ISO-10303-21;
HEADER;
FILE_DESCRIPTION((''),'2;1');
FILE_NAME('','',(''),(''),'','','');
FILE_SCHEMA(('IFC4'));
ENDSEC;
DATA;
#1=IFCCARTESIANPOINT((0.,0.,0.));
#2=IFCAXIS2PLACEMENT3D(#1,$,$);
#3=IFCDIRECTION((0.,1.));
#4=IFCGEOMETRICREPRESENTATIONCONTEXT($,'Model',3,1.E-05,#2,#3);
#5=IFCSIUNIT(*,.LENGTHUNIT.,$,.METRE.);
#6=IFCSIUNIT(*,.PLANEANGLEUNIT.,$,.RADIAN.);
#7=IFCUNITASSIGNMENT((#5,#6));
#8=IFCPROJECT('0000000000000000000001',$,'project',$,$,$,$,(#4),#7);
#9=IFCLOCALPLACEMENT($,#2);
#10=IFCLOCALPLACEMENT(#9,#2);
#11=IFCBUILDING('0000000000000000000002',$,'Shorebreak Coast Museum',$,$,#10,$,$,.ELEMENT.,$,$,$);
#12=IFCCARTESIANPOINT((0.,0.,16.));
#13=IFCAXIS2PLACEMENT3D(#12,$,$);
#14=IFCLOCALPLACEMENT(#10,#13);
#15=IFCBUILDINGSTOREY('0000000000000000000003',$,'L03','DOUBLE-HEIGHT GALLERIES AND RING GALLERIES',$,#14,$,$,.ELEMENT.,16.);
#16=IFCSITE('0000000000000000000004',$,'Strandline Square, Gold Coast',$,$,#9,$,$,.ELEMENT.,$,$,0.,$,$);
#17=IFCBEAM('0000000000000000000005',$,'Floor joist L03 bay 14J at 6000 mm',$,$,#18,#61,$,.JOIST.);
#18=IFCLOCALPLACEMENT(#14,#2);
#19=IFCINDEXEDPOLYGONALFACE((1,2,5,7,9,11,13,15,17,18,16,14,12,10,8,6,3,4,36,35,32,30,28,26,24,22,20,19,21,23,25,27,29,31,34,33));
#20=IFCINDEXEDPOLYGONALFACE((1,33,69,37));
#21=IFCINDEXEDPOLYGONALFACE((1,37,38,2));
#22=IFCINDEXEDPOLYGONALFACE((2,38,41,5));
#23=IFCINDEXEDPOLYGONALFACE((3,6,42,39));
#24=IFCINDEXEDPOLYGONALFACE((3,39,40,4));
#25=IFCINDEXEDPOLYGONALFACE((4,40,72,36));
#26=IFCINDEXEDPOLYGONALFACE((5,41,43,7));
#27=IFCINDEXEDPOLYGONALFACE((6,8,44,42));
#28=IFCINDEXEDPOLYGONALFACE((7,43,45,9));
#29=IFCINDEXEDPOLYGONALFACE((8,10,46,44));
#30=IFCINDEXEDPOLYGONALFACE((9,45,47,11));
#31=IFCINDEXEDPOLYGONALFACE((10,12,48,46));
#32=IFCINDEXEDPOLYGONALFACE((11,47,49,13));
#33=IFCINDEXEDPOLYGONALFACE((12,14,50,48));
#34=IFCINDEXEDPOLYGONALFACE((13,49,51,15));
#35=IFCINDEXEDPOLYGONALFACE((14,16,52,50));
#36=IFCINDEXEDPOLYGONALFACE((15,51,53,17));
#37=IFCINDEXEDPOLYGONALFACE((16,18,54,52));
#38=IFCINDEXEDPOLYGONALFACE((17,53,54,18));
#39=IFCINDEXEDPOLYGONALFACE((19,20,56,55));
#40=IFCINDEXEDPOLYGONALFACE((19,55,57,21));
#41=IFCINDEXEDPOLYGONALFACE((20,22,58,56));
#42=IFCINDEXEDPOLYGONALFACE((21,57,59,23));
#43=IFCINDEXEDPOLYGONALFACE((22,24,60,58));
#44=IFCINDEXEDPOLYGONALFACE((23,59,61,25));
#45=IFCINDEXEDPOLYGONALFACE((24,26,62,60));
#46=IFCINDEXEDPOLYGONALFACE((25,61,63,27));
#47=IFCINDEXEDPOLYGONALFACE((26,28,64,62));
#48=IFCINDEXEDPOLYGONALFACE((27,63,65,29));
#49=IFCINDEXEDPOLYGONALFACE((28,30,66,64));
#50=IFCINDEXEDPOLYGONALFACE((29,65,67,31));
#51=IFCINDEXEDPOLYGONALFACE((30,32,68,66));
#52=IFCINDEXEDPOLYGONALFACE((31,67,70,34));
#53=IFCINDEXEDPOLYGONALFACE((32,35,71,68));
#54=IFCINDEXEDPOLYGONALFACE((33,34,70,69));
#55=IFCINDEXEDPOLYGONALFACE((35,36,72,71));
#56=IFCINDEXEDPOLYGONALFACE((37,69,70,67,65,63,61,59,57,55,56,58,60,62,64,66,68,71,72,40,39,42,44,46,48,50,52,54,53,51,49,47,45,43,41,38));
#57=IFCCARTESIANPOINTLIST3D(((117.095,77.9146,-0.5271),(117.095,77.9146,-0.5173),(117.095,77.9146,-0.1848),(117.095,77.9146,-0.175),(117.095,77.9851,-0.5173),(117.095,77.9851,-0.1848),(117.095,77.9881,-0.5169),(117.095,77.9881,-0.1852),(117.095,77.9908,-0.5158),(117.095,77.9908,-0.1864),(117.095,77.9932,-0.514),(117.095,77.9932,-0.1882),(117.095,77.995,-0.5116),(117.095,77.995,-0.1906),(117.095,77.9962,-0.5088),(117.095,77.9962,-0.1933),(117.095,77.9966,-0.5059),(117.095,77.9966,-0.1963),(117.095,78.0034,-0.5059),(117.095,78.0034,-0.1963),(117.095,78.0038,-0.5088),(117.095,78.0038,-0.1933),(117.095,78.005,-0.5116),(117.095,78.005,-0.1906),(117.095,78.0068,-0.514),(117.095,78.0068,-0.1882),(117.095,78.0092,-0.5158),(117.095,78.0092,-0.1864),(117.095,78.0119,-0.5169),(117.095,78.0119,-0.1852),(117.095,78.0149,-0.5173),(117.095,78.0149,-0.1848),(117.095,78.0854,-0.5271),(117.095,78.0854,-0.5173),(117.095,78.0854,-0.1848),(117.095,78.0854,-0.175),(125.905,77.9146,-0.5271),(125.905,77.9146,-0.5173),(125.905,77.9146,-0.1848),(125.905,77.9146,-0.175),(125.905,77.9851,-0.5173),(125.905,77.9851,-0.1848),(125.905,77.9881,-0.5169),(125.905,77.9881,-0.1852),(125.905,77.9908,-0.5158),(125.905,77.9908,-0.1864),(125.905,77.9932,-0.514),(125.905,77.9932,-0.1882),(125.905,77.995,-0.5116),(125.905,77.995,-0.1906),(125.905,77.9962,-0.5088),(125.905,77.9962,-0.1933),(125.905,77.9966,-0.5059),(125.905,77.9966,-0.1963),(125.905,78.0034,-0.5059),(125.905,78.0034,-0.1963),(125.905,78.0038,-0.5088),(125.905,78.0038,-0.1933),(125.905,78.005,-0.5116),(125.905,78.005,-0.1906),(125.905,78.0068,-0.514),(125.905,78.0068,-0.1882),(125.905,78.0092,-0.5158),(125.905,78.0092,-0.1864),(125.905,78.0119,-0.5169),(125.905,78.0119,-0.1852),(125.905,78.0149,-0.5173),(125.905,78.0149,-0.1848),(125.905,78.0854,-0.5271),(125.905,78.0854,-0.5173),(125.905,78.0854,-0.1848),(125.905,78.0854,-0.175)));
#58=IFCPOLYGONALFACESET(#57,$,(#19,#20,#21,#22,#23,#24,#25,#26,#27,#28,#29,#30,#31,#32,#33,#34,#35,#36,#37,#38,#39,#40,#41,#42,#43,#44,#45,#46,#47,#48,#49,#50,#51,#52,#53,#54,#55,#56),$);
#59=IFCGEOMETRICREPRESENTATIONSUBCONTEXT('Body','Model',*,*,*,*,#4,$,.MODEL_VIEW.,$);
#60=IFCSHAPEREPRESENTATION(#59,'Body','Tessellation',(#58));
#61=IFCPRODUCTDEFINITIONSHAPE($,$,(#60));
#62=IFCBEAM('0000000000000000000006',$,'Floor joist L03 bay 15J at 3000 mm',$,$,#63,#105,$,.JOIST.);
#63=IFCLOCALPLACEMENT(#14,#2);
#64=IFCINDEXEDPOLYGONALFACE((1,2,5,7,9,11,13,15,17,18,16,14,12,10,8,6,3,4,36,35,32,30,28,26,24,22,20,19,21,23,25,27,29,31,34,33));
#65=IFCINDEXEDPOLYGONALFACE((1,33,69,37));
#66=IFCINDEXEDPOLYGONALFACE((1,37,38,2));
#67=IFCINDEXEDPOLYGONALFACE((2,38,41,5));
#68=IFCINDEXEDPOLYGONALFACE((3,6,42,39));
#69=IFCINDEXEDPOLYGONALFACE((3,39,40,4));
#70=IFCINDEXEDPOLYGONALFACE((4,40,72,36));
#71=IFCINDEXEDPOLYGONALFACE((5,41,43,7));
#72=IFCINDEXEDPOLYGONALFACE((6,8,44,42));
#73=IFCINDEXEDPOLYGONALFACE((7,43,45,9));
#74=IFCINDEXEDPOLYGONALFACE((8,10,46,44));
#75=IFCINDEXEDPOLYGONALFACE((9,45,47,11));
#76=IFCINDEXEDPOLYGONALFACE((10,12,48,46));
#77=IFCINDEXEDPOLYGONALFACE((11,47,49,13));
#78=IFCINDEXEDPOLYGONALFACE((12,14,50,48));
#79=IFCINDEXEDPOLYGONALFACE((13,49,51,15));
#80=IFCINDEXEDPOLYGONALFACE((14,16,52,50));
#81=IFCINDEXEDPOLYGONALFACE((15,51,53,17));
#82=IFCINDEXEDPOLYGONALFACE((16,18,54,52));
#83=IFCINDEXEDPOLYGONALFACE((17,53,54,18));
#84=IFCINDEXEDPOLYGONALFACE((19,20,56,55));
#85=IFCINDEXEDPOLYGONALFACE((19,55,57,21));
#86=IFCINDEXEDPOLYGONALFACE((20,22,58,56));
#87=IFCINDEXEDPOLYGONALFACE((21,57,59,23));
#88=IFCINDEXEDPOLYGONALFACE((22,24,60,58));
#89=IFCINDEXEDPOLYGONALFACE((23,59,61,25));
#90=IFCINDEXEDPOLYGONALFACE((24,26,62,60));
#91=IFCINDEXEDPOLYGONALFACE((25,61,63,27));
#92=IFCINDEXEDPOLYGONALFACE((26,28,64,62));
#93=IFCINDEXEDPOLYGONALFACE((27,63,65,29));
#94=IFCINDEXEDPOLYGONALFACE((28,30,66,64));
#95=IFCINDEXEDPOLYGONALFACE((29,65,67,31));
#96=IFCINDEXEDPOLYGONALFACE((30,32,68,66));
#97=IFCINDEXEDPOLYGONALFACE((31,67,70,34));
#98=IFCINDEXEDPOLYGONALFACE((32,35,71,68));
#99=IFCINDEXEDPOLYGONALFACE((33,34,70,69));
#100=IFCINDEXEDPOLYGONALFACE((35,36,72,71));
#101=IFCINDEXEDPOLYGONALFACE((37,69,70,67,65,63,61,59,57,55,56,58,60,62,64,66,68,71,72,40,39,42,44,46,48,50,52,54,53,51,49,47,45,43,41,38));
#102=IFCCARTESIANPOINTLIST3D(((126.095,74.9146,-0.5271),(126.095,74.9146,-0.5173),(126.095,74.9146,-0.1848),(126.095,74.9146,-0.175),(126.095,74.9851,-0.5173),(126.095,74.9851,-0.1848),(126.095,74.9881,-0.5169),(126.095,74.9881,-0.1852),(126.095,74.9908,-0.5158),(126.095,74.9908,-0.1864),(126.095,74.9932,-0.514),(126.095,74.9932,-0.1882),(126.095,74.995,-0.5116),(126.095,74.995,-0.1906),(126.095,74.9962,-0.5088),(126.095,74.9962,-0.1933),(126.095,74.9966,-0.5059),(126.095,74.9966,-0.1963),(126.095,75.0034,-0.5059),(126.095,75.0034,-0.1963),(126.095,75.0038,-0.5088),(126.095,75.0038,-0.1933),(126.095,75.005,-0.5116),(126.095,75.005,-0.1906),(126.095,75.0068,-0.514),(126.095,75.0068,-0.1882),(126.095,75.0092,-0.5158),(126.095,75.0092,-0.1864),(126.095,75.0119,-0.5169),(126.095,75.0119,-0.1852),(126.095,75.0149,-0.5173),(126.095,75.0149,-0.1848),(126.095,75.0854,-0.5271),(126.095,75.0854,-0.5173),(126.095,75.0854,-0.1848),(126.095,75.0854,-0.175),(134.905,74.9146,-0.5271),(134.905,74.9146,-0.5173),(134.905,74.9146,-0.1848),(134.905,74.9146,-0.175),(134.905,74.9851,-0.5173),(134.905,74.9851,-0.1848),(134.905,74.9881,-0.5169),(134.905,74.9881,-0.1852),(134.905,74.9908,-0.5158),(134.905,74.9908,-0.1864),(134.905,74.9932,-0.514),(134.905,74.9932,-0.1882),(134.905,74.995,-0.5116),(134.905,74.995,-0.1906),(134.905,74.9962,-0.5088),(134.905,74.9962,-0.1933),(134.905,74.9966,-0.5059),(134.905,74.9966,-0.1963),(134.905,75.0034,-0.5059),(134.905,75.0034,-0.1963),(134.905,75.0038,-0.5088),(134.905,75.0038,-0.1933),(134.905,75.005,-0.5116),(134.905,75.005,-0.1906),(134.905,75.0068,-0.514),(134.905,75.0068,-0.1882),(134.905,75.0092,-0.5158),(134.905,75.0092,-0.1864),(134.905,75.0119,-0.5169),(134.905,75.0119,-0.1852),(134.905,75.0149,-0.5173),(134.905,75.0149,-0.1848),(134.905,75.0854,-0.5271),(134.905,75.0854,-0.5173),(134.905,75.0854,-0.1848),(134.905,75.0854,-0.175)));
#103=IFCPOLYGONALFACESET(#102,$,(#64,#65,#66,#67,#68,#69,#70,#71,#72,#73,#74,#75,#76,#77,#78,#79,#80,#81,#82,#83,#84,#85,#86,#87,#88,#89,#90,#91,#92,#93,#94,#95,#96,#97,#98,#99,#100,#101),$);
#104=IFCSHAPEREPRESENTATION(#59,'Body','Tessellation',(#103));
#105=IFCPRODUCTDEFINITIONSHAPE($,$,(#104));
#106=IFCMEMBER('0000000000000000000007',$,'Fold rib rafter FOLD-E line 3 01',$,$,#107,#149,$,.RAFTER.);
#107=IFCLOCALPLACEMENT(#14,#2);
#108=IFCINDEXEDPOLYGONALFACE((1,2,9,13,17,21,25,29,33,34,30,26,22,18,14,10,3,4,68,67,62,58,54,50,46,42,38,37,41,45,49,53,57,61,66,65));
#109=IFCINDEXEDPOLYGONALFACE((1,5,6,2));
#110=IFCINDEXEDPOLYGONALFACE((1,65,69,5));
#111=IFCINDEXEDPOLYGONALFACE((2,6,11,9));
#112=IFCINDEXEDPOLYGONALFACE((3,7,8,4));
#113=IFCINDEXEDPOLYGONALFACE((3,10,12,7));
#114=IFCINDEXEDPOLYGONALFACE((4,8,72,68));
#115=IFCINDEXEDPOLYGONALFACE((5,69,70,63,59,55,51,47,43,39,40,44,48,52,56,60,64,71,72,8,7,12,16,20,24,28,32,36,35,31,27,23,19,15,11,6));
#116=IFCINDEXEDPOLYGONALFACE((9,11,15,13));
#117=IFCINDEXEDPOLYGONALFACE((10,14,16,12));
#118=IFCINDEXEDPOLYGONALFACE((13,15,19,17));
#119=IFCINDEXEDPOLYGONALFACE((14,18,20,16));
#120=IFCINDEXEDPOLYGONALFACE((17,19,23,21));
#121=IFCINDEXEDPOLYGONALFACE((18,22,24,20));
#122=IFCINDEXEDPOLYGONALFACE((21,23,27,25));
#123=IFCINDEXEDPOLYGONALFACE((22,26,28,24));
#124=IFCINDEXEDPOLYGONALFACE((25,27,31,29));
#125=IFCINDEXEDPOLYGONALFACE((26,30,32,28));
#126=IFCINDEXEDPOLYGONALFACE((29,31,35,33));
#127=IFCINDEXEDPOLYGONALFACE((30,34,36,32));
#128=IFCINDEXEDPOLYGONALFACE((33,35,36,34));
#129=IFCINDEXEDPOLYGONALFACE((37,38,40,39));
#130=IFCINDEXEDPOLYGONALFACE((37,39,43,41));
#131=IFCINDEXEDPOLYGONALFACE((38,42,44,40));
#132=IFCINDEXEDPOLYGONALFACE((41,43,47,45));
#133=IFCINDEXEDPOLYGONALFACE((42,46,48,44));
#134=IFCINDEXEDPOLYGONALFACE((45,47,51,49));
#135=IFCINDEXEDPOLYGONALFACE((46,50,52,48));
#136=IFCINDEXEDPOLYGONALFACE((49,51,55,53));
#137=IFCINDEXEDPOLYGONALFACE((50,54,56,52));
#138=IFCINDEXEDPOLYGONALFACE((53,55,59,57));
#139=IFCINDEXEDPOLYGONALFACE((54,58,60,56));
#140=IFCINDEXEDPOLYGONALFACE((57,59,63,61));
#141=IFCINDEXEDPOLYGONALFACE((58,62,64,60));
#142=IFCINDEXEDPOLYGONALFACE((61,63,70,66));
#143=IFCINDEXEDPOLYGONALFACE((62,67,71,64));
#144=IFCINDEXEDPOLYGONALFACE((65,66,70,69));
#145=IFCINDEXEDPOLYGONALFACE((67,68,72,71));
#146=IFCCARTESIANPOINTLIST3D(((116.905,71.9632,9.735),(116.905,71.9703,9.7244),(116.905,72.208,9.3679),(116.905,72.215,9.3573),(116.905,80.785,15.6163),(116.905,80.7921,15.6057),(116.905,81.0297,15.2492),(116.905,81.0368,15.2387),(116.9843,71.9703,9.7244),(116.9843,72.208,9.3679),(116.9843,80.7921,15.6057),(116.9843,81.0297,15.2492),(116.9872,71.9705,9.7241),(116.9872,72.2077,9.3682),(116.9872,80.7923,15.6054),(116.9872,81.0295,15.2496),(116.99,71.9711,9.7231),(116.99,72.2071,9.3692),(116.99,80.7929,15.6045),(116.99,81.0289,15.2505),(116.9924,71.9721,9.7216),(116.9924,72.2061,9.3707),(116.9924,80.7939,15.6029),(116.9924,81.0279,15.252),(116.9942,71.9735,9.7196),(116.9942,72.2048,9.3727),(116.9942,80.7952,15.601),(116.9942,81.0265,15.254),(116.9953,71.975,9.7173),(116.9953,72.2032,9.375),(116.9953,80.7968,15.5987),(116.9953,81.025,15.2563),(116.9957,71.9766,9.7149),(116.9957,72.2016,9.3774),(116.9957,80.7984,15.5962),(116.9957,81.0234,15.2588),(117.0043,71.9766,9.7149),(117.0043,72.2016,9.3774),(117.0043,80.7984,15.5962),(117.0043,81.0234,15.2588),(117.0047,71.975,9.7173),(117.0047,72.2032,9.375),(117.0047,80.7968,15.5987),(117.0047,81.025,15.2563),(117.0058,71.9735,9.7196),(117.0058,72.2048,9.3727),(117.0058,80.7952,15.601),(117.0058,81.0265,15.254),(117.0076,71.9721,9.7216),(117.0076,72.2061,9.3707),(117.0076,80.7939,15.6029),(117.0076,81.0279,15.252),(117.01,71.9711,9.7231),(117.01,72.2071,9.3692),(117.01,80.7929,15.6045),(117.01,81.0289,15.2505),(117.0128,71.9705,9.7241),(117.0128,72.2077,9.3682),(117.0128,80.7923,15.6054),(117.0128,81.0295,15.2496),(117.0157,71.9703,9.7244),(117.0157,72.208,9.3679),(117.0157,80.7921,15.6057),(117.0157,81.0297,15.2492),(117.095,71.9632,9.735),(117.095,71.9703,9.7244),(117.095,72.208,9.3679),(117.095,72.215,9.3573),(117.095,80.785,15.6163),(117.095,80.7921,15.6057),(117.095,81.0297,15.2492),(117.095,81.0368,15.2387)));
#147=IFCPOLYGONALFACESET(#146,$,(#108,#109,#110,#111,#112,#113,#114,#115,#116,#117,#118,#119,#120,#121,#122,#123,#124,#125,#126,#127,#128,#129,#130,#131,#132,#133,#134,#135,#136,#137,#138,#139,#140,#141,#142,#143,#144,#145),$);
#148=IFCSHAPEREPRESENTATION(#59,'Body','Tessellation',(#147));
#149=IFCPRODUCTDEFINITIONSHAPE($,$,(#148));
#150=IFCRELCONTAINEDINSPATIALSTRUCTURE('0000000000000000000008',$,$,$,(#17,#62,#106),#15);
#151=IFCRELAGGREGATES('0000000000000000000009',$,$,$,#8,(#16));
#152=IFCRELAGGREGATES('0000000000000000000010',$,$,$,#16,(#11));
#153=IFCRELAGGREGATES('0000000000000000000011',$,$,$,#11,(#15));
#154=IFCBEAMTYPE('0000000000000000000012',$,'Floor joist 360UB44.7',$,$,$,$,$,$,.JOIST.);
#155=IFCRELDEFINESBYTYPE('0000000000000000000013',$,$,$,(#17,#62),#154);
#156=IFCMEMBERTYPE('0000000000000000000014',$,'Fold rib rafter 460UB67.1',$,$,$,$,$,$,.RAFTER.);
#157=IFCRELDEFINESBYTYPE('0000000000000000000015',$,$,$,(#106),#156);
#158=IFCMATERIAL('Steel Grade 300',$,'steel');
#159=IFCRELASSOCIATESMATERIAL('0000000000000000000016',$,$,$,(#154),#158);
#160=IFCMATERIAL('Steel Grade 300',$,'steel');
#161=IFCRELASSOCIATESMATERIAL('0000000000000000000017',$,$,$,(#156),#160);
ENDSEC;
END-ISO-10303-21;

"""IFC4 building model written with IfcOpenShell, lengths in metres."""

from ifc_helpers import new_model, si_unit, direction, frame, origin, origin_2d, place, context, subcontext, project, spatial, i_section, extrude, material, material_profile, profile_set, type_object, element, save


model = new_model("IFC4")

# Units and contexts
model_context = context("Model", 3, precision=1e-05, world=origin(), true_north=direction((0.0, 1.0)))
body_context = subcontext(model_context, "Body", "Model", "MODEL_VIEW")
ifc_project = project(units=[si_unit("LENGTHUNIT", "METRE"), si_unit("PLANEANGLEUNIT", "RADIAN")], contexts=[model_context])

# Site, building, storey
site_placement = place(None, origin())
site = spatial("IfcSite", under=ifc_project, at=site_placement, Name="Strandline Square, Gold Coast", CompositionType="ELEMENT", RefElevation=0.0)
building_placement = place(site_placement, origin())
building = spatial("IfcBuilding", under=site, at=building_placement, Name="Shorebreak Coast Museum", CompositionType="ELEMENT")
storey_placement = place(building_placement, frame((0.0, 0.0, 16.0)))
storey = spatial("IfcBuildingStorey", under=building, at=storey_placement, Name="L03", Description="DOUBLE-HEIGHT GALLERIES AND RING GALLERIES", CompositionType="ELEMENT", Elevation=16.0)

# Beams
ifc_material_1 = material(Name="Steel Grade 300", Category="steel")
ifc_material_profile_1 = material_profile(ifc_material_1, i_section(OverallWidth=0.1709, OverallDepth=0.3521, WebThickness=0.0068, FlangeThickness=0.0098, FilletRadius=0.0115, at=origin_2d()), Name="360UB44.7")
ifc_profile_set_1 = profile_set([ifc_material_profile_1], Name="Steel Grade 300")
beam_type_1 = type_object("IfcBeamType", Name="Floor joist 360UB44.7", PredefinedType="JOIST", material=ifc_profile_set_1)
for number, where, z_axis, x_axis, name in (
    (1, (117.095, 78.0, -0.3511), (1.0, 0.0, 0.0), (0.0, 1.0, 0.0), "Floor joist L03 bay 14J at 6000 mm"),
    (2, (126.095, 75.0, -0.3511), (1.0, 0.0, 0.0), (0.0, 1.0, 0.0), "Floor joist L03 bay 15J at 3000 mm"),
):
    element("IfcBeam", number, at=place(storey_placement, frame(where, z_axis=z_axis, x_axis=x_axis)), inside=storey, type_object=beam_type_1, Name=name, PredefinedType="JOIST", context=body_context, shape_type="SweptSolid", body=[
        extrude(i_section(OverallWidth=0.1709, OverallDepth=0.3521, WebThickness=0.0068, FlangeThickness=0.0098, FilletRadius=0.0115, at=origin_2d()), origin(), (0.0, 0.0, 1.0), 8.8101),
    ])

# Member
ifc_material_2 = material(Name="Steel Grade 300", Category="steel")
ifc_material_profile_2 = material_profile(ifc_material_2, i_section(OverallWidth=0.1899, OverallDepth=0.4539, WebThickness=0.0085, FlangeThickness=0.0127, FilletRadius=0.0115, at=origin_2d()), Name="460UB67.1")
ifc_profile_set_2 = profile_set([ifc_material_profile_2], Name="Steel Grade 300")
member_type_1 = type_object("IfcMemberType", Name="Fold rib rafter 460UB67.1", PredefinedType="RAFTER", material=ifc_profile_set_2)
member_1_placement = place(storey_placement, frame((117.0, 80.9109, 15.4275), z_axis=(0.0, -0.832043, -0.554711), x_axis=(1.0, 0.0, 0.0)))
element("IfcMember", 3, at=member_1_placement, inside=storey, type_object=member_type_1, Name="Fold rib rafter FOLD-E line 3 01", PredefinedType="RAFTER", context=body_context, shape_type="SweptSolid", body=[
    extrude(i_section(OverallWidth=0.1899, OverallDepth=0.4539, WebThickness=0.0085, FlangeThickness=0.0127, FilletRadius=0.0115, at=origin_2d()), origin(), (0.0, 0.0, 1.0), 10.6025),
])

save(model, "model.ifc")
